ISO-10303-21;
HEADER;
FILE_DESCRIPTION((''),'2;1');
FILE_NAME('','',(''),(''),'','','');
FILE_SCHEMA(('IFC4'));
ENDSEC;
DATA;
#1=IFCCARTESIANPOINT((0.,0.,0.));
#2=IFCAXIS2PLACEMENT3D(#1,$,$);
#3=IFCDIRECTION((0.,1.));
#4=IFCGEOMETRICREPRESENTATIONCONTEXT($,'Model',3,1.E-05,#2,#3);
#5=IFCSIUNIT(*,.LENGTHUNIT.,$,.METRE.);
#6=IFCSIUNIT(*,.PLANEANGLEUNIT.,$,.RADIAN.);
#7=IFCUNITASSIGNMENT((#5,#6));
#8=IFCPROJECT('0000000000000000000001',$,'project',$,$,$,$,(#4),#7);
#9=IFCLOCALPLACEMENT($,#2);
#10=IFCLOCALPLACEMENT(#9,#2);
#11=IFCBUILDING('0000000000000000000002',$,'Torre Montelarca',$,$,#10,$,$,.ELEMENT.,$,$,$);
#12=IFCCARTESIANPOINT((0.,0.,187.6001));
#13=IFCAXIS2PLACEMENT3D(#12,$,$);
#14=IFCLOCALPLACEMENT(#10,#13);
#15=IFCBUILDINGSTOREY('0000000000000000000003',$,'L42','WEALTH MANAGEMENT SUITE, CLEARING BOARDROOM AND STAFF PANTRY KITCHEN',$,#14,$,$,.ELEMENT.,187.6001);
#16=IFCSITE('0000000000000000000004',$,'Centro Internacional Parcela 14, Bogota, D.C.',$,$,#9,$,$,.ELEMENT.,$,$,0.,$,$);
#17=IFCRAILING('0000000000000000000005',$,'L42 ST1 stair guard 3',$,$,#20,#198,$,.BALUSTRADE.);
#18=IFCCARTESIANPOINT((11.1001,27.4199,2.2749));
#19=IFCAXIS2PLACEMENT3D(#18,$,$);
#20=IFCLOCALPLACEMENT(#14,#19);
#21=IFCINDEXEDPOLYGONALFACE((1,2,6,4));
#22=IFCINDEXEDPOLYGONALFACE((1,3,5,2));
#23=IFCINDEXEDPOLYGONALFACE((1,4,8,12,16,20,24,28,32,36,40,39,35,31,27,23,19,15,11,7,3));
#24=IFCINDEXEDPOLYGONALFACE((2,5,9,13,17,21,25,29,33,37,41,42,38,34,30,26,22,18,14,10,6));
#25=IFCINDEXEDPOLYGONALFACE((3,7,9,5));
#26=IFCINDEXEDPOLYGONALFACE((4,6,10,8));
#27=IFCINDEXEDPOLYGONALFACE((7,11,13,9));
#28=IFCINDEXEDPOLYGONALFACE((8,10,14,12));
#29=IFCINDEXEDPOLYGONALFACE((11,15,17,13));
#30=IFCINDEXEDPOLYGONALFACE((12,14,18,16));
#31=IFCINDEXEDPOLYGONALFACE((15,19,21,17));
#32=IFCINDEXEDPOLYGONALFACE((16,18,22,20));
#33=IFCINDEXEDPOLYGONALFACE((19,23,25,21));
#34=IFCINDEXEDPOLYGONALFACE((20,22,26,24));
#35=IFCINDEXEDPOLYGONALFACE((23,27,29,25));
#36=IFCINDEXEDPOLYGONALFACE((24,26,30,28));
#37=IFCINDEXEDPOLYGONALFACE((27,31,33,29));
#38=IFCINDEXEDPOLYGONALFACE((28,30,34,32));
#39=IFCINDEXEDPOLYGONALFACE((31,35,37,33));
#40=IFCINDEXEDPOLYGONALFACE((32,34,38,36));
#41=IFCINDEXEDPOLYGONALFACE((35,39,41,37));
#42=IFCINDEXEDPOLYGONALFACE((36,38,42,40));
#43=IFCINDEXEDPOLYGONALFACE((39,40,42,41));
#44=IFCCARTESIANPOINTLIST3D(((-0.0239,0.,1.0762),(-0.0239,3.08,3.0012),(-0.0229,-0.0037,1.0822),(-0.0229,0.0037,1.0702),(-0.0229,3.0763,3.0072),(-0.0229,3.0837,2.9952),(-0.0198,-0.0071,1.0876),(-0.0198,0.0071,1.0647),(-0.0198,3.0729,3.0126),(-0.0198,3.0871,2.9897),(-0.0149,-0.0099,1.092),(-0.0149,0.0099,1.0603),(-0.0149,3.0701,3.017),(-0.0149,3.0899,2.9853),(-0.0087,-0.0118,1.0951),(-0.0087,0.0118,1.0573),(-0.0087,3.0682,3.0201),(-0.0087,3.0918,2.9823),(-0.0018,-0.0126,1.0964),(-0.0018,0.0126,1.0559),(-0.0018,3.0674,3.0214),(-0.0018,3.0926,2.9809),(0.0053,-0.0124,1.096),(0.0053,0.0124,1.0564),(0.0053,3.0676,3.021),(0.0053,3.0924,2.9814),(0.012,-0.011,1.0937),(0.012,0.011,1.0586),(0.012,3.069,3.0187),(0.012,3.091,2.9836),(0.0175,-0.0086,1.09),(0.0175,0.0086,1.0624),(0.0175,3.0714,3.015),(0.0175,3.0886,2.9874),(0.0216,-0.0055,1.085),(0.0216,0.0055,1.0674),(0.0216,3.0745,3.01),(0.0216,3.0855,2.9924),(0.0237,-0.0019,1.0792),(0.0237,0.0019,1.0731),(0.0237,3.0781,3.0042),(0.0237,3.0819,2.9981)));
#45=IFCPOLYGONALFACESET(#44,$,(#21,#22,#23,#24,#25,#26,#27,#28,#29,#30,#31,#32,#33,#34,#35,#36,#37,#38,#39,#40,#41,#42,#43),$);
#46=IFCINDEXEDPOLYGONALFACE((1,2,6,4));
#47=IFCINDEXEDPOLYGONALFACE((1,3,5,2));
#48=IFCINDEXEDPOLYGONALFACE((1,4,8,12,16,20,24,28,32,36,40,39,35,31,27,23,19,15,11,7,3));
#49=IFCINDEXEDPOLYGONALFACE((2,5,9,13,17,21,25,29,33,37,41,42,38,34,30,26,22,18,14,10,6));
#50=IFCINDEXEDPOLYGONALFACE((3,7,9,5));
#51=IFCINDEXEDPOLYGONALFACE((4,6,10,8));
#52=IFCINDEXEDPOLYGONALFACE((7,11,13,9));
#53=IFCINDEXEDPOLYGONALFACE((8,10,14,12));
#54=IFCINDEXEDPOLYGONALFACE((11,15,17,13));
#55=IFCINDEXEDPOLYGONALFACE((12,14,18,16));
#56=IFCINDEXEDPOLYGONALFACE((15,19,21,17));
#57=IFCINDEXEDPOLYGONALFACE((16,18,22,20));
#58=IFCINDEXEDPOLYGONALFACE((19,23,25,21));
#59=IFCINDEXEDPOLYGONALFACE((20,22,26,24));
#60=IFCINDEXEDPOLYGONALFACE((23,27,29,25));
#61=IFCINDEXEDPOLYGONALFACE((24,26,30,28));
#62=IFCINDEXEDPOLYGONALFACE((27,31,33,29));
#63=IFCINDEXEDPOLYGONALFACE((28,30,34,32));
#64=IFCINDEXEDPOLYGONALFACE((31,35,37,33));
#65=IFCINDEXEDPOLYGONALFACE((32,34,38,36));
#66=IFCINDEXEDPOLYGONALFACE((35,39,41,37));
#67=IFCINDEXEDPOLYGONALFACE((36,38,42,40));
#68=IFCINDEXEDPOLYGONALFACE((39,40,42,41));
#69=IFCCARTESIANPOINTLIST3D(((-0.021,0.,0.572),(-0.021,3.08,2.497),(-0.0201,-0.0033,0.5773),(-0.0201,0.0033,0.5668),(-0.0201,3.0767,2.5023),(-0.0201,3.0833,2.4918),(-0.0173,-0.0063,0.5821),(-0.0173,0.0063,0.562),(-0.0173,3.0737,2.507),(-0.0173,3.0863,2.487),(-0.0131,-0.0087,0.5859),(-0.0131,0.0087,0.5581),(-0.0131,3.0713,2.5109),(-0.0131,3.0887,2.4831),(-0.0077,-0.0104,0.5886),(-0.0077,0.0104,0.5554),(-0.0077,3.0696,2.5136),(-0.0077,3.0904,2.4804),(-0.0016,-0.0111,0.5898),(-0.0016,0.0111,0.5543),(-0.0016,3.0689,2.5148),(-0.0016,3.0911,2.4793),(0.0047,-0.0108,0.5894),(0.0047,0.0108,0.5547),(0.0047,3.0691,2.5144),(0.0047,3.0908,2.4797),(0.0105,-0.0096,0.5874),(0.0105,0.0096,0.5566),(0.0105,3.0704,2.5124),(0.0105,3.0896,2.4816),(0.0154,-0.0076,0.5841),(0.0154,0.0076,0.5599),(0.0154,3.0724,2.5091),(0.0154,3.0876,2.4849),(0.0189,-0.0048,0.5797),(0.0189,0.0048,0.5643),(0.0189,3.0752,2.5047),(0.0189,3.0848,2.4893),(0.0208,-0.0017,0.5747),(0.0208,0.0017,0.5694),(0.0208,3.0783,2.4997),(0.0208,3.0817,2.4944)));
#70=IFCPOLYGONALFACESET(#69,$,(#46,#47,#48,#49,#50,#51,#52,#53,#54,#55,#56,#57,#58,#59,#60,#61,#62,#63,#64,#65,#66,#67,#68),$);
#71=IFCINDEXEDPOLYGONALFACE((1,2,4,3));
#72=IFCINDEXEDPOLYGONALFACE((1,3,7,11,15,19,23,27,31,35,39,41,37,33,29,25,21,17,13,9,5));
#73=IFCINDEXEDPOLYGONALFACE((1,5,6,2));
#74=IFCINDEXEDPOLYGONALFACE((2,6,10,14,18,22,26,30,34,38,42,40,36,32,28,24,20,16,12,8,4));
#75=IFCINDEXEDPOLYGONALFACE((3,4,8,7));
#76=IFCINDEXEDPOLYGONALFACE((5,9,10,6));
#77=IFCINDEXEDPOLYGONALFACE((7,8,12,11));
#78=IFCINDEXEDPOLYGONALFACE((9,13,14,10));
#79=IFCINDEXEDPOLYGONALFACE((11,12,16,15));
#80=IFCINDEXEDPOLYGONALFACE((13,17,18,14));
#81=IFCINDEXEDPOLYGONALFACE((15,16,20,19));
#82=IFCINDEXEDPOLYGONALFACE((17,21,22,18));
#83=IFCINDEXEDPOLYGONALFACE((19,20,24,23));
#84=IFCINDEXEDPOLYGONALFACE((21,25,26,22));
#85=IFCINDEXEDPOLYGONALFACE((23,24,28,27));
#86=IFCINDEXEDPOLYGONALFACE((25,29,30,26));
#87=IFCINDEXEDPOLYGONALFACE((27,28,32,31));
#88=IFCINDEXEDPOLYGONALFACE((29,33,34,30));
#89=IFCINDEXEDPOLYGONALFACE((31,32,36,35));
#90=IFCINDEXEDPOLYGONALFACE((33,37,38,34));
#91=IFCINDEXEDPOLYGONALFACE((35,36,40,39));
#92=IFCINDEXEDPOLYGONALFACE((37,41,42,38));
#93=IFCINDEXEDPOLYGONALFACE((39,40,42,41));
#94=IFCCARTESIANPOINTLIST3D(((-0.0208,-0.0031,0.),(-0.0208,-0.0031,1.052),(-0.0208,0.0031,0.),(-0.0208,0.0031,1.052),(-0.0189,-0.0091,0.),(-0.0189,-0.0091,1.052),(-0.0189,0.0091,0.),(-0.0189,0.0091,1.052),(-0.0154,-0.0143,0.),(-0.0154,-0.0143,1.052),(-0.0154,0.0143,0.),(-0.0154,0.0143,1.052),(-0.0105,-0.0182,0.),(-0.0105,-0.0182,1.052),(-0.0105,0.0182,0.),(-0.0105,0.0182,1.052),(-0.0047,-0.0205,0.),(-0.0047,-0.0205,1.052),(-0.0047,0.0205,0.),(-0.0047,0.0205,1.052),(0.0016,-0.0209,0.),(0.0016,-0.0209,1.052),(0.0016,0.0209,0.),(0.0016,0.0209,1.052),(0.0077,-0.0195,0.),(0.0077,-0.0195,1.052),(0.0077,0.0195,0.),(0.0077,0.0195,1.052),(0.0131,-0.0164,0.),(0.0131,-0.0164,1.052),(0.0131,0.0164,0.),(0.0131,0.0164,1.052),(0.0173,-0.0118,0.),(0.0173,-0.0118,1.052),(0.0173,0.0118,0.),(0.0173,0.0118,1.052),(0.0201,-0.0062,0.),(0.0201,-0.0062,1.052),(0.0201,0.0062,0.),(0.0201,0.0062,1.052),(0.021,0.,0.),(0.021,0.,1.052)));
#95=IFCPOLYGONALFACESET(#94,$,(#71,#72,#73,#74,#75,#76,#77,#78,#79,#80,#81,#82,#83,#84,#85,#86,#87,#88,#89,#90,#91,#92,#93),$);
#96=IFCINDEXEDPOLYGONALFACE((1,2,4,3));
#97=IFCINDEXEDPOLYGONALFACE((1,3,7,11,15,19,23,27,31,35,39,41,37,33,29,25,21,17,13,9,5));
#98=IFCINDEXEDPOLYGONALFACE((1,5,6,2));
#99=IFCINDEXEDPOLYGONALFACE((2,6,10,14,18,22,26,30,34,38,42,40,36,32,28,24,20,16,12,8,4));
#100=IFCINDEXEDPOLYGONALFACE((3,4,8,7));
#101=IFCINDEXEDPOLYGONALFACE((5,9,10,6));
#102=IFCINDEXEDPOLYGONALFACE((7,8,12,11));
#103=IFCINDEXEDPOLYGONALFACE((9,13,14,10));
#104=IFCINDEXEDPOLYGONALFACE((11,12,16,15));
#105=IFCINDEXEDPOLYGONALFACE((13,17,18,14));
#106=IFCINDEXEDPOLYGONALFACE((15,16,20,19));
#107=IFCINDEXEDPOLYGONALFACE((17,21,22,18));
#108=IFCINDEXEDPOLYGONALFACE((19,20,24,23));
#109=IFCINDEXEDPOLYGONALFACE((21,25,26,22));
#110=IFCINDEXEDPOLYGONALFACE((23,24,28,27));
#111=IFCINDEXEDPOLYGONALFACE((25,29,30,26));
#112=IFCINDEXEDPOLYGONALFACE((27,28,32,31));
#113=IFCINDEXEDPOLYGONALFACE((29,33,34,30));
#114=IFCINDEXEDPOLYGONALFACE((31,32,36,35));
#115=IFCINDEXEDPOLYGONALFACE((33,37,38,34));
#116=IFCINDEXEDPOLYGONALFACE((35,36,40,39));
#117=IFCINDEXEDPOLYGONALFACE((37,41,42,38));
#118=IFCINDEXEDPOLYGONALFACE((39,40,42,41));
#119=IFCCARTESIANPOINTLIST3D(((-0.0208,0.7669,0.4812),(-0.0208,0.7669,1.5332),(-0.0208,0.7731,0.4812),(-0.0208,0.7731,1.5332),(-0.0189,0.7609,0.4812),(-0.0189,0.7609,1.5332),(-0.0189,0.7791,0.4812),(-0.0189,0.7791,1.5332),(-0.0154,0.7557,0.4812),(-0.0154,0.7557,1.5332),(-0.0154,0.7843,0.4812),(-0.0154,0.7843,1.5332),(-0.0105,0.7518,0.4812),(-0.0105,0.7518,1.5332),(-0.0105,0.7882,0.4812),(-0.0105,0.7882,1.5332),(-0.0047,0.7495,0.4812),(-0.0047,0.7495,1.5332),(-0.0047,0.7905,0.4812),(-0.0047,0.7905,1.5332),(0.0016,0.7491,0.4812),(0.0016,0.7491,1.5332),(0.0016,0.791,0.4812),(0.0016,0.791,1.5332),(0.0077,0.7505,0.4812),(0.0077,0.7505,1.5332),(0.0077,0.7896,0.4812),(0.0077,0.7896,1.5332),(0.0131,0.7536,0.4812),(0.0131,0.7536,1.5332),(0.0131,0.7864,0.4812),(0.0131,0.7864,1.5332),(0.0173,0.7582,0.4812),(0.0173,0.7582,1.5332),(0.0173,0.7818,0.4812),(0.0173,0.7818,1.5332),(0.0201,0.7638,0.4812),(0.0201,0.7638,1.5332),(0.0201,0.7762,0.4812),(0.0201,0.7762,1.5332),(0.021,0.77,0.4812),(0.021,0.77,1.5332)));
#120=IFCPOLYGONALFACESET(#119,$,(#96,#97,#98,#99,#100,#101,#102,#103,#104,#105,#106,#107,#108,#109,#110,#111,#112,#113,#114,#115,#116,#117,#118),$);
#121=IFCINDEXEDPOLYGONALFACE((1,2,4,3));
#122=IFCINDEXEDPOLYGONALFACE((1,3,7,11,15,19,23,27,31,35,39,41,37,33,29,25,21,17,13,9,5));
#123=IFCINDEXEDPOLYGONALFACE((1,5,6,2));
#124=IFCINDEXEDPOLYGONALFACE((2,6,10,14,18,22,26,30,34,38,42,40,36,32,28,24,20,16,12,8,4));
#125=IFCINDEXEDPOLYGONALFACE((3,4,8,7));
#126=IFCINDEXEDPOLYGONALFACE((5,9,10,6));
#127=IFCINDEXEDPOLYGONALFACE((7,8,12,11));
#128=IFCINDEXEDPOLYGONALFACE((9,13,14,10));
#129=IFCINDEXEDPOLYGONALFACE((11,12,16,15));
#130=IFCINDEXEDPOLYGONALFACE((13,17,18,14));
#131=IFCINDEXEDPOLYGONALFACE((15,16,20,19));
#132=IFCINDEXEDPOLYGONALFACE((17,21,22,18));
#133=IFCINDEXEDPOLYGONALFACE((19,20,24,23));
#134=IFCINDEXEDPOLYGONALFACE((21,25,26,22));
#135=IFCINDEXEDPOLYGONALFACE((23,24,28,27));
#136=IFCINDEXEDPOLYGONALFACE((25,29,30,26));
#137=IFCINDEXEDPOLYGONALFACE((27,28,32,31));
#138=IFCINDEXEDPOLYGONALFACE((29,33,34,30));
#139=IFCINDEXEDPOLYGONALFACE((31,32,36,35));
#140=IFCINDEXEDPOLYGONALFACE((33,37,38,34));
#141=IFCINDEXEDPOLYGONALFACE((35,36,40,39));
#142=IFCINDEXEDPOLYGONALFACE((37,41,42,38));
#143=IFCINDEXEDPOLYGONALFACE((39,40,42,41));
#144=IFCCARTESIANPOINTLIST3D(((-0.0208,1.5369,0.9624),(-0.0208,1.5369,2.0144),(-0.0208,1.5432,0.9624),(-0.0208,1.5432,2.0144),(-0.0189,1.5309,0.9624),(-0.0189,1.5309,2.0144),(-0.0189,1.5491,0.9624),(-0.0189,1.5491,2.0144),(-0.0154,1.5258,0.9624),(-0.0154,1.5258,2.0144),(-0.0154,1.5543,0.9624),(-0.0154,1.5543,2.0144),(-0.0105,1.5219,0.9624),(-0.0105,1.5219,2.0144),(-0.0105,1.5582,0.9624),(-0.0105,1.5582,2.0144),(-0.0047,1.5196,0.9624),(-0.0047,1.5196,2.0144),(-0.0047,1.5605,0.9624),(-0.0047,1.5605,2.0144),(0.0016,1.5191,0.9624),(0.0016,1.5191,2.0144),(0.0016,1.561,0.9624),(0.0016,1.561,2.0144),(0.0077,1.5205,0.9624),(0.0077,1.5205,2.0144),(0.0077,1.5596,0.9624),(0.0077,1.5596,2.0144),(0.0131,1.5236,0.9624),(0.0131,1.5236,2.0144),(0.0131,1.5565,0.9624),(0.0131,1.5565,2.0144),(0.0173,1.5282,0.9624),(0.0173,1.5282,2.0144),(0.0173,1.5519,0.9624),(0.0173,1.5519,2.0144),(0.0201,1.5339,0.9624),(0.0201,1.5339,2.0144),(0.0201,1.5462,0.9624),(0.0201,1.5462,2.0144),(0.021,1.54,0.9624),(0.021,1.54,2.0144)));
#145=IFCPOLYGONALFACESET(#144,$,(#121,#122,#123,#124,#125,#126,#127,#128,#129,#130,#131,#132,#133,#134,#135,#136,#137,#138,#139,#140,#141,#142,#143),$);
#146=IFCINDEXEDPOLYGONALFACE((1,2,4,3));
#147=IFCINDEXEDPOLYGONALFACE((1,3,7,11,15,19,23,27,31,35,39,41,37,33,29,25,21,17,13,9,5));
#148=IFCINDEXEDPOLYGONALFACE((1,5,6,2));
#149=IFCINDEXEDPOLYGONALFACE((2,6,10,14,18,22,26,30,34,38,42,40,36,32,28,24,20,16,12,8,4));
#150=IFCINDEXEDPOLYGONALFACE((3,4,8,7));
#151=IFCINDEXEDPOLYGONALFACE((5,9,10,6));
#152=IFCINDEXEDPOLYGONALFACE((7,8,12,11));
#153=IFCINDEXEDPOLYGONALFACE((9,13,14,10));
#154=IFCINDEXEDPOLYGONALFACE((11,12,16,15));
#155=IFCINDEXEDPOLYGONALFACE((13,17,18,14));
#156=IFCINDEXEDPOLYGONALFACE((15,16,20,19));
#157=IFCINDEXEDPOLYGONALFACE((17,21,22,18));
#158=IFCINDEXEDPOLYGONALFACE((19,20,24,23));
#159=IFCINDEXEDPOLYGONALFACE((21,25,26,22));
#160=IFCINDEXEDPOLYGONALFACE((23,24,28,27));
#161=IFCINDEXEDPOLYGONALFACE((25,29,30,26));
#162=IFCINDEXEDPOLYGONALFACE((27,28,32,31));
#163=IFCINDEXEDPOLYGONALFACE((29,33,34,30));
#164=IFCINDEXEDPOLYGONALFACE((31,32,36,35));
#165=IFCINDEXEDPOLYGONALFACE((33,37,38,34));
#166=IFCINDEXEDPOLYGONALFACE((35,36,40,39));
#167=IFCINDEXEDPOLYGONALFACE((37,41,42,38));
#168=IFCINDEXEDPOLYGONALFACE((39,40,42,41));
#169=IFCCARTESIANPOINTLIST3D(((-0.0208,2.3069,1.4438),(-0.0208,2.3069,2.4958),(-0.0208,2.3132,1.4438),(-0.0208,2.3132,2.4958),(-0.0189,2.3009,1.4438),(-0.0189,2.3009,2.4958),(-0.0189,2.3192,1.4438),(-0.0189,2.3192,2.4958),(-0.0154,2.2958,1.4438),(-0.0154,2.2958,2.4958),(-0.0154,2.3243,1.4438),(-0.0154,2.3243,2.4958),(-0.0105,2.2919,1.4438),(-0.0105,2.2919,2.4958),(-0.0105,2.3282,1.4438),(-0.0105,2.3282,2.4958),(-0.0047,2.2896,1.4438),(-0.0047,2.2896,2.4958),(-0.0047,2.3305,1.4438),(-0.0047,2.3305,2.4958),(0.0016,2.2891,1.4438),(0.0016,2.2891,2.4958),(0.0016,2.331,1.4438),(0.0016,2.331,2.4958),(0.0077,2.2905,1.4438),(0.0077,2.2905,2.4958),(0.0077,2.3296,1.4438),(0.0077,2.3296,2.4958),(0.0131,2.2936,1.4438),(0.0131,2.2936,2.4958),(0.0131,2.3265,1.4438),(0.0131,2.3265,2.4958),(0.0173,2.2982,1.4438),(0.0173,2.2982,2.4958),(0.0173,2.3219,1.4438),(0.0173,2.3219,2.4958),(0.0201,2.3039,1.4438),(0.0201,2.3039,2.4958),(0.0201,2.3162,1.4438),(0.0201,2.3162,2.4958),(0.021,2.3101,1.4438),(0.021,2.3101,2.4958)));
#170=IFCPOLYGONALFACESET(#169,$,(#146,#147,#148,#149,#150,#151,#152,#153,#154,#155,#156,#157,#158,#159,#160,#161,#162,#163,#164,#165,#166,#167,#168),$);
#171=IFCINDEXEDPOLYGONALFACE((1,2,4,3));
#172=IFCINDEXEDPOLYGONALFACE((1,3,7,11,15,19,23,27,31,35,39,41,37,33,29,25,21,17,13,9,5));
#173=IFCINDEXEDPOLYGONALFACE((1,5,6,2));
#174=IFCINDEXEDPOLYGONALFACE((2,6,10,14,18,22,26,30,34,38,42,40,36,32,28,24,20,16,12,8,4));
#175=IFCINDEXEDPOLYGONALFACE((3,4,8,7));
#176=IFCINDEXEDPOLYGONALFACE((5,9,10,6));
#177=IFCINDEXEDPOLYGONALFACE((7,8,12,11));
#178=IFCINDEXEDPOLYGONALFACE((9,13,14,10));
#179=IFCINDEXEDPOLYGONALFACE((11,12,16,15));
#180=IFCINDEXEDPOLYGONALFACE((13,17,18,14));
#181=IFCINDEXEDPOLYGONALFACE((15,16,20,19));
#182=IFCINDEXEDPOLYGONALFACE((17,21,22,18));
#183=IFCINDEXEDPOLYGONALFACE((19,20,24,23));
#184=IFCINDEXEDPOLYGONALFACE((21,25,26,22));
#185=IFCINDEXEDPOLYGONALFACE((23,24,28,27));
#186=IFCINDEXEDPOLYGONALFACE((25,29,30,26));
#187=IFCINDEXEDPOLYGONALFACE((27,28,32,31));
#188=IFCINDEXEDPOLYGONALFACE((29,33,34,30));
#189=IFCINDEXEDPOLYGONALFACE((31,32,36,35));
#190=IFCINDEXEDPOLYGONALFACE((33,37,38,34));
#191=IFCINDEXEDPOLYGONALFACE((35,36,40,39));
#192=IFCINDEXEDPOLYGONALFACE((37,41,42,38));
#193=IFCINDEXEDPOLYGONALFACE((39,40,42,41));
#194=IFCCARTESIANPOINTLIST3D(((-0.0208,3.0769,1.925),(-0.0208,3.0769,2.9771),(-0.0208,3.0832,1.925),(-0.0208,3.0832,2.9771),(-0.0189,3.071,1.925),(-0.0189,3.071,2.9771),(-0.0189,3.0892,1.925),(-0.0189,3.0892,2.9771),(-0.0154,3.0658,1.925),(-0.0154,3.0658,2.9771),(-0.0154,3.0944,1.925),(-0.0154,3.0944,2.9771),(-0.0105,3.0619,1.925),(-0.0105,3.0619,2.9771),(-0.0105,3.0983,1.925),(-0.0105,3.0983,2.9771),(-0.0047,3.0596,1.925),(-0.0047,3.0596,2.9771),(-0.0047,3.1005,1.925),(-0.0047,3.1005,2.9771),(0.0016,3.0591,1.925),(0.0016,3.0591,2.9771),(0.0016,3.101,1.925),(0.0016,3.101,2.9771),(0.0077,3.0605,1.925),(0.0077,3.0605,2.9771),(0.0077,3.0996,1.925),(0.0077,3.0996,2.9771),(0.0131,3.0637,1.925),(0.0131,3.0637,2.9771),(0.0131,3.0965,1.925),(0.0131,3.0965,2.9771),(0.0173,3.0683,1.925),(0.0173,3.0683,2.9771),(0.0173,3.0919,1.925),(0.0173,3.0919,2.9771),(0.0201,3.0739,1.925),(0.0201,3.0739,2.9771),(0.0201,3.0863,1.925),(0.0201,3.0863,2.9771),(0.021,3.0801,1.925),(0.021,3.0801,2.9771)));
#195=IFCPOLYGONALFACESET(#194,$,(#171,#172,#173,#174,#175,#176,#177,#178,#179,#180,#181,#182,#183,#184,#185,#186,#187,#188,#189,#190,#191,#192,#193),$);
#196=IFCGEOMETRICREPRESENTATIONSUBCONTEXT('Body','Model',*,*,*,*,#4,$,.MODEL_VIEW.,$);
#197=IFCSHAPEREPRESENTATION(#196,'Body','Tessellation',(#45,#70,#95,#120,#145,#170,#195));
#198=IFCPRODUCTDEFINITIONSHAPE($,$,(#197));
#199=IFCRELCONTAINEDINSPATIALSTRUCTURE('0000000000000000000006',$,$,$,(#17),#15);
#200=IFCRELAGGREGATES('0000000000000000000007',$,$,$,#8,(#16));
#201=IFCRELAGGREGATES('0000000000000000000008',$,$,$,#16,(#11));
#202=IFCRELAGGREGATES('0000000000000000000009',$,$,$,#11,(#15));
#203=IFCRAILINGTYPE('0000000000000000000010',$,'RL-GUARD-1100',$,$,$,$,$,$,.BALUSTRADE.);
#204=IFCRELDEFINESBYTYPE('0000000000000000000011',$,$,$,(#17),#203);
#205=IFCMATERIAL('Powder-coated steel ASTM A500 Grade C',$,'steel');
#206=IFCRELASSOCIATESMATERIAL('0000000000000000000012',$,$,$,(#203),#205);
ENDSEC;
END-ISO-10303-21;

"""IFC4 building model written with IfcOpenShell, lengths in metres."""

from ifc_helpers import new_model, si_unit, direction, frame, origin, origin_2d, place, context, subcontext, project, spatial, circle, extrude, material, type_object, element, save


model = new_model("IFC4")

# Units and contexts
model_context = context("Model", 3, precision=1e-05, world=origin(), true_north=direction((0.0, 1.0)))
body_context = subcontext(model_context, "Body", "Model", "MODEL_VIEW")
ifc_project = project(units=[si_unit("LENGTHUNIT", "METRE"), si_unit("PLANEANGLEUNIT", "RADIAN")], contexts=[model_context])

# Site, building, storey
site_placement = place(None, origin())
site = spatial("IfcSite", under=ifc_project, at=site_placement, Name="Centro Internacional Parcela 14, Bogota, D.C.", CompositionType="ELEMENT", RefElevation=0.0)
building_placement = place(site_placement, origin())
building = spatial("IfcBuilding", under=site, at=building_placement, Name="Torre Montelarca", CompositionType="ELEMENT")
storey_placement = place(building_placement, frame((0.0, 0.0, 187.6001)))
storey = spatial("IfcBuildingStorey", under=building, at=storey_placement, Name="L42", Description="WEALTH MANAGEMENT SUITE, CLEARING BOARDROOM AND STAFF PANTRY KITCHEN", CompositionType="ELEMENT", Elevation=187.6001)

# Railing
ifc_material_1 = material(Name="Powder-coated steel ASTM A500 Grade C", Category="steel")
railing_type_1 = type_object("IfcRailingType", Name="RL-GUARD-1100", PredefinedType="BALUSTRADE", material=ifc_material_1)
railing_1_placement = place(storey_placement, frame((11.1001, 27.4199, 2.2749)))
element("IfcRailing", 1, at=railing_1_placement, inside=storey, type_object=railing_type_1, Name="L42 ST1 stair guard 3", PredefinedType="BALUSTRADE", context=body_context, shape_type="SweptSolid", body=[
    extrude(circle(Radius=0.0239, at=origin_2d()), frame((0.0, 0.0, 1.0762), z_axis=(0.0, 0.847998, 0.529999), x_axis=(-1.0, 0.0, 0.0)), (0.0, 0.0, 1.0), 3.6321),
    extrude(circle(Radius=0.021, at=origin_2d()), frame((0.0, 0.0, 0.572), z_axis=(0.0, 0.847998, 0.529999), x_axis=(-1.0, 0.0, 0.0)), (0.0, 0.0, 1.0), 3.6321),
    extrude(circle(Radius=0.021, at=origin_2d()), origin(), (0.0, 0.0, 1.0), 1.052),
    extrude(circle(Radius=0.021, at=origin_2d()), frame((0.0, 0.77, 0.4812)), (0.0, 0.0, 1.0), 1.052),
    extrude(circle(Radius=0.021, at=origin_2d()), frame((0.0, 1.54, 0.9624)), (0.0, 0.0, 1.0), 1.052),
    extrude(circle(Radius=0.021, at=origin_2d()), frame((0.0, 2.3101, 1.4438)), (0.0, 0.0, 1.0), 1.052),
    extrude(circle(Radius=0.021, at=origin_2d()), frame((0.0, 3.0801, 1.925)), (0.0, 0.0, 1.0), 1.052),
])

save(model, "model.ifc")
